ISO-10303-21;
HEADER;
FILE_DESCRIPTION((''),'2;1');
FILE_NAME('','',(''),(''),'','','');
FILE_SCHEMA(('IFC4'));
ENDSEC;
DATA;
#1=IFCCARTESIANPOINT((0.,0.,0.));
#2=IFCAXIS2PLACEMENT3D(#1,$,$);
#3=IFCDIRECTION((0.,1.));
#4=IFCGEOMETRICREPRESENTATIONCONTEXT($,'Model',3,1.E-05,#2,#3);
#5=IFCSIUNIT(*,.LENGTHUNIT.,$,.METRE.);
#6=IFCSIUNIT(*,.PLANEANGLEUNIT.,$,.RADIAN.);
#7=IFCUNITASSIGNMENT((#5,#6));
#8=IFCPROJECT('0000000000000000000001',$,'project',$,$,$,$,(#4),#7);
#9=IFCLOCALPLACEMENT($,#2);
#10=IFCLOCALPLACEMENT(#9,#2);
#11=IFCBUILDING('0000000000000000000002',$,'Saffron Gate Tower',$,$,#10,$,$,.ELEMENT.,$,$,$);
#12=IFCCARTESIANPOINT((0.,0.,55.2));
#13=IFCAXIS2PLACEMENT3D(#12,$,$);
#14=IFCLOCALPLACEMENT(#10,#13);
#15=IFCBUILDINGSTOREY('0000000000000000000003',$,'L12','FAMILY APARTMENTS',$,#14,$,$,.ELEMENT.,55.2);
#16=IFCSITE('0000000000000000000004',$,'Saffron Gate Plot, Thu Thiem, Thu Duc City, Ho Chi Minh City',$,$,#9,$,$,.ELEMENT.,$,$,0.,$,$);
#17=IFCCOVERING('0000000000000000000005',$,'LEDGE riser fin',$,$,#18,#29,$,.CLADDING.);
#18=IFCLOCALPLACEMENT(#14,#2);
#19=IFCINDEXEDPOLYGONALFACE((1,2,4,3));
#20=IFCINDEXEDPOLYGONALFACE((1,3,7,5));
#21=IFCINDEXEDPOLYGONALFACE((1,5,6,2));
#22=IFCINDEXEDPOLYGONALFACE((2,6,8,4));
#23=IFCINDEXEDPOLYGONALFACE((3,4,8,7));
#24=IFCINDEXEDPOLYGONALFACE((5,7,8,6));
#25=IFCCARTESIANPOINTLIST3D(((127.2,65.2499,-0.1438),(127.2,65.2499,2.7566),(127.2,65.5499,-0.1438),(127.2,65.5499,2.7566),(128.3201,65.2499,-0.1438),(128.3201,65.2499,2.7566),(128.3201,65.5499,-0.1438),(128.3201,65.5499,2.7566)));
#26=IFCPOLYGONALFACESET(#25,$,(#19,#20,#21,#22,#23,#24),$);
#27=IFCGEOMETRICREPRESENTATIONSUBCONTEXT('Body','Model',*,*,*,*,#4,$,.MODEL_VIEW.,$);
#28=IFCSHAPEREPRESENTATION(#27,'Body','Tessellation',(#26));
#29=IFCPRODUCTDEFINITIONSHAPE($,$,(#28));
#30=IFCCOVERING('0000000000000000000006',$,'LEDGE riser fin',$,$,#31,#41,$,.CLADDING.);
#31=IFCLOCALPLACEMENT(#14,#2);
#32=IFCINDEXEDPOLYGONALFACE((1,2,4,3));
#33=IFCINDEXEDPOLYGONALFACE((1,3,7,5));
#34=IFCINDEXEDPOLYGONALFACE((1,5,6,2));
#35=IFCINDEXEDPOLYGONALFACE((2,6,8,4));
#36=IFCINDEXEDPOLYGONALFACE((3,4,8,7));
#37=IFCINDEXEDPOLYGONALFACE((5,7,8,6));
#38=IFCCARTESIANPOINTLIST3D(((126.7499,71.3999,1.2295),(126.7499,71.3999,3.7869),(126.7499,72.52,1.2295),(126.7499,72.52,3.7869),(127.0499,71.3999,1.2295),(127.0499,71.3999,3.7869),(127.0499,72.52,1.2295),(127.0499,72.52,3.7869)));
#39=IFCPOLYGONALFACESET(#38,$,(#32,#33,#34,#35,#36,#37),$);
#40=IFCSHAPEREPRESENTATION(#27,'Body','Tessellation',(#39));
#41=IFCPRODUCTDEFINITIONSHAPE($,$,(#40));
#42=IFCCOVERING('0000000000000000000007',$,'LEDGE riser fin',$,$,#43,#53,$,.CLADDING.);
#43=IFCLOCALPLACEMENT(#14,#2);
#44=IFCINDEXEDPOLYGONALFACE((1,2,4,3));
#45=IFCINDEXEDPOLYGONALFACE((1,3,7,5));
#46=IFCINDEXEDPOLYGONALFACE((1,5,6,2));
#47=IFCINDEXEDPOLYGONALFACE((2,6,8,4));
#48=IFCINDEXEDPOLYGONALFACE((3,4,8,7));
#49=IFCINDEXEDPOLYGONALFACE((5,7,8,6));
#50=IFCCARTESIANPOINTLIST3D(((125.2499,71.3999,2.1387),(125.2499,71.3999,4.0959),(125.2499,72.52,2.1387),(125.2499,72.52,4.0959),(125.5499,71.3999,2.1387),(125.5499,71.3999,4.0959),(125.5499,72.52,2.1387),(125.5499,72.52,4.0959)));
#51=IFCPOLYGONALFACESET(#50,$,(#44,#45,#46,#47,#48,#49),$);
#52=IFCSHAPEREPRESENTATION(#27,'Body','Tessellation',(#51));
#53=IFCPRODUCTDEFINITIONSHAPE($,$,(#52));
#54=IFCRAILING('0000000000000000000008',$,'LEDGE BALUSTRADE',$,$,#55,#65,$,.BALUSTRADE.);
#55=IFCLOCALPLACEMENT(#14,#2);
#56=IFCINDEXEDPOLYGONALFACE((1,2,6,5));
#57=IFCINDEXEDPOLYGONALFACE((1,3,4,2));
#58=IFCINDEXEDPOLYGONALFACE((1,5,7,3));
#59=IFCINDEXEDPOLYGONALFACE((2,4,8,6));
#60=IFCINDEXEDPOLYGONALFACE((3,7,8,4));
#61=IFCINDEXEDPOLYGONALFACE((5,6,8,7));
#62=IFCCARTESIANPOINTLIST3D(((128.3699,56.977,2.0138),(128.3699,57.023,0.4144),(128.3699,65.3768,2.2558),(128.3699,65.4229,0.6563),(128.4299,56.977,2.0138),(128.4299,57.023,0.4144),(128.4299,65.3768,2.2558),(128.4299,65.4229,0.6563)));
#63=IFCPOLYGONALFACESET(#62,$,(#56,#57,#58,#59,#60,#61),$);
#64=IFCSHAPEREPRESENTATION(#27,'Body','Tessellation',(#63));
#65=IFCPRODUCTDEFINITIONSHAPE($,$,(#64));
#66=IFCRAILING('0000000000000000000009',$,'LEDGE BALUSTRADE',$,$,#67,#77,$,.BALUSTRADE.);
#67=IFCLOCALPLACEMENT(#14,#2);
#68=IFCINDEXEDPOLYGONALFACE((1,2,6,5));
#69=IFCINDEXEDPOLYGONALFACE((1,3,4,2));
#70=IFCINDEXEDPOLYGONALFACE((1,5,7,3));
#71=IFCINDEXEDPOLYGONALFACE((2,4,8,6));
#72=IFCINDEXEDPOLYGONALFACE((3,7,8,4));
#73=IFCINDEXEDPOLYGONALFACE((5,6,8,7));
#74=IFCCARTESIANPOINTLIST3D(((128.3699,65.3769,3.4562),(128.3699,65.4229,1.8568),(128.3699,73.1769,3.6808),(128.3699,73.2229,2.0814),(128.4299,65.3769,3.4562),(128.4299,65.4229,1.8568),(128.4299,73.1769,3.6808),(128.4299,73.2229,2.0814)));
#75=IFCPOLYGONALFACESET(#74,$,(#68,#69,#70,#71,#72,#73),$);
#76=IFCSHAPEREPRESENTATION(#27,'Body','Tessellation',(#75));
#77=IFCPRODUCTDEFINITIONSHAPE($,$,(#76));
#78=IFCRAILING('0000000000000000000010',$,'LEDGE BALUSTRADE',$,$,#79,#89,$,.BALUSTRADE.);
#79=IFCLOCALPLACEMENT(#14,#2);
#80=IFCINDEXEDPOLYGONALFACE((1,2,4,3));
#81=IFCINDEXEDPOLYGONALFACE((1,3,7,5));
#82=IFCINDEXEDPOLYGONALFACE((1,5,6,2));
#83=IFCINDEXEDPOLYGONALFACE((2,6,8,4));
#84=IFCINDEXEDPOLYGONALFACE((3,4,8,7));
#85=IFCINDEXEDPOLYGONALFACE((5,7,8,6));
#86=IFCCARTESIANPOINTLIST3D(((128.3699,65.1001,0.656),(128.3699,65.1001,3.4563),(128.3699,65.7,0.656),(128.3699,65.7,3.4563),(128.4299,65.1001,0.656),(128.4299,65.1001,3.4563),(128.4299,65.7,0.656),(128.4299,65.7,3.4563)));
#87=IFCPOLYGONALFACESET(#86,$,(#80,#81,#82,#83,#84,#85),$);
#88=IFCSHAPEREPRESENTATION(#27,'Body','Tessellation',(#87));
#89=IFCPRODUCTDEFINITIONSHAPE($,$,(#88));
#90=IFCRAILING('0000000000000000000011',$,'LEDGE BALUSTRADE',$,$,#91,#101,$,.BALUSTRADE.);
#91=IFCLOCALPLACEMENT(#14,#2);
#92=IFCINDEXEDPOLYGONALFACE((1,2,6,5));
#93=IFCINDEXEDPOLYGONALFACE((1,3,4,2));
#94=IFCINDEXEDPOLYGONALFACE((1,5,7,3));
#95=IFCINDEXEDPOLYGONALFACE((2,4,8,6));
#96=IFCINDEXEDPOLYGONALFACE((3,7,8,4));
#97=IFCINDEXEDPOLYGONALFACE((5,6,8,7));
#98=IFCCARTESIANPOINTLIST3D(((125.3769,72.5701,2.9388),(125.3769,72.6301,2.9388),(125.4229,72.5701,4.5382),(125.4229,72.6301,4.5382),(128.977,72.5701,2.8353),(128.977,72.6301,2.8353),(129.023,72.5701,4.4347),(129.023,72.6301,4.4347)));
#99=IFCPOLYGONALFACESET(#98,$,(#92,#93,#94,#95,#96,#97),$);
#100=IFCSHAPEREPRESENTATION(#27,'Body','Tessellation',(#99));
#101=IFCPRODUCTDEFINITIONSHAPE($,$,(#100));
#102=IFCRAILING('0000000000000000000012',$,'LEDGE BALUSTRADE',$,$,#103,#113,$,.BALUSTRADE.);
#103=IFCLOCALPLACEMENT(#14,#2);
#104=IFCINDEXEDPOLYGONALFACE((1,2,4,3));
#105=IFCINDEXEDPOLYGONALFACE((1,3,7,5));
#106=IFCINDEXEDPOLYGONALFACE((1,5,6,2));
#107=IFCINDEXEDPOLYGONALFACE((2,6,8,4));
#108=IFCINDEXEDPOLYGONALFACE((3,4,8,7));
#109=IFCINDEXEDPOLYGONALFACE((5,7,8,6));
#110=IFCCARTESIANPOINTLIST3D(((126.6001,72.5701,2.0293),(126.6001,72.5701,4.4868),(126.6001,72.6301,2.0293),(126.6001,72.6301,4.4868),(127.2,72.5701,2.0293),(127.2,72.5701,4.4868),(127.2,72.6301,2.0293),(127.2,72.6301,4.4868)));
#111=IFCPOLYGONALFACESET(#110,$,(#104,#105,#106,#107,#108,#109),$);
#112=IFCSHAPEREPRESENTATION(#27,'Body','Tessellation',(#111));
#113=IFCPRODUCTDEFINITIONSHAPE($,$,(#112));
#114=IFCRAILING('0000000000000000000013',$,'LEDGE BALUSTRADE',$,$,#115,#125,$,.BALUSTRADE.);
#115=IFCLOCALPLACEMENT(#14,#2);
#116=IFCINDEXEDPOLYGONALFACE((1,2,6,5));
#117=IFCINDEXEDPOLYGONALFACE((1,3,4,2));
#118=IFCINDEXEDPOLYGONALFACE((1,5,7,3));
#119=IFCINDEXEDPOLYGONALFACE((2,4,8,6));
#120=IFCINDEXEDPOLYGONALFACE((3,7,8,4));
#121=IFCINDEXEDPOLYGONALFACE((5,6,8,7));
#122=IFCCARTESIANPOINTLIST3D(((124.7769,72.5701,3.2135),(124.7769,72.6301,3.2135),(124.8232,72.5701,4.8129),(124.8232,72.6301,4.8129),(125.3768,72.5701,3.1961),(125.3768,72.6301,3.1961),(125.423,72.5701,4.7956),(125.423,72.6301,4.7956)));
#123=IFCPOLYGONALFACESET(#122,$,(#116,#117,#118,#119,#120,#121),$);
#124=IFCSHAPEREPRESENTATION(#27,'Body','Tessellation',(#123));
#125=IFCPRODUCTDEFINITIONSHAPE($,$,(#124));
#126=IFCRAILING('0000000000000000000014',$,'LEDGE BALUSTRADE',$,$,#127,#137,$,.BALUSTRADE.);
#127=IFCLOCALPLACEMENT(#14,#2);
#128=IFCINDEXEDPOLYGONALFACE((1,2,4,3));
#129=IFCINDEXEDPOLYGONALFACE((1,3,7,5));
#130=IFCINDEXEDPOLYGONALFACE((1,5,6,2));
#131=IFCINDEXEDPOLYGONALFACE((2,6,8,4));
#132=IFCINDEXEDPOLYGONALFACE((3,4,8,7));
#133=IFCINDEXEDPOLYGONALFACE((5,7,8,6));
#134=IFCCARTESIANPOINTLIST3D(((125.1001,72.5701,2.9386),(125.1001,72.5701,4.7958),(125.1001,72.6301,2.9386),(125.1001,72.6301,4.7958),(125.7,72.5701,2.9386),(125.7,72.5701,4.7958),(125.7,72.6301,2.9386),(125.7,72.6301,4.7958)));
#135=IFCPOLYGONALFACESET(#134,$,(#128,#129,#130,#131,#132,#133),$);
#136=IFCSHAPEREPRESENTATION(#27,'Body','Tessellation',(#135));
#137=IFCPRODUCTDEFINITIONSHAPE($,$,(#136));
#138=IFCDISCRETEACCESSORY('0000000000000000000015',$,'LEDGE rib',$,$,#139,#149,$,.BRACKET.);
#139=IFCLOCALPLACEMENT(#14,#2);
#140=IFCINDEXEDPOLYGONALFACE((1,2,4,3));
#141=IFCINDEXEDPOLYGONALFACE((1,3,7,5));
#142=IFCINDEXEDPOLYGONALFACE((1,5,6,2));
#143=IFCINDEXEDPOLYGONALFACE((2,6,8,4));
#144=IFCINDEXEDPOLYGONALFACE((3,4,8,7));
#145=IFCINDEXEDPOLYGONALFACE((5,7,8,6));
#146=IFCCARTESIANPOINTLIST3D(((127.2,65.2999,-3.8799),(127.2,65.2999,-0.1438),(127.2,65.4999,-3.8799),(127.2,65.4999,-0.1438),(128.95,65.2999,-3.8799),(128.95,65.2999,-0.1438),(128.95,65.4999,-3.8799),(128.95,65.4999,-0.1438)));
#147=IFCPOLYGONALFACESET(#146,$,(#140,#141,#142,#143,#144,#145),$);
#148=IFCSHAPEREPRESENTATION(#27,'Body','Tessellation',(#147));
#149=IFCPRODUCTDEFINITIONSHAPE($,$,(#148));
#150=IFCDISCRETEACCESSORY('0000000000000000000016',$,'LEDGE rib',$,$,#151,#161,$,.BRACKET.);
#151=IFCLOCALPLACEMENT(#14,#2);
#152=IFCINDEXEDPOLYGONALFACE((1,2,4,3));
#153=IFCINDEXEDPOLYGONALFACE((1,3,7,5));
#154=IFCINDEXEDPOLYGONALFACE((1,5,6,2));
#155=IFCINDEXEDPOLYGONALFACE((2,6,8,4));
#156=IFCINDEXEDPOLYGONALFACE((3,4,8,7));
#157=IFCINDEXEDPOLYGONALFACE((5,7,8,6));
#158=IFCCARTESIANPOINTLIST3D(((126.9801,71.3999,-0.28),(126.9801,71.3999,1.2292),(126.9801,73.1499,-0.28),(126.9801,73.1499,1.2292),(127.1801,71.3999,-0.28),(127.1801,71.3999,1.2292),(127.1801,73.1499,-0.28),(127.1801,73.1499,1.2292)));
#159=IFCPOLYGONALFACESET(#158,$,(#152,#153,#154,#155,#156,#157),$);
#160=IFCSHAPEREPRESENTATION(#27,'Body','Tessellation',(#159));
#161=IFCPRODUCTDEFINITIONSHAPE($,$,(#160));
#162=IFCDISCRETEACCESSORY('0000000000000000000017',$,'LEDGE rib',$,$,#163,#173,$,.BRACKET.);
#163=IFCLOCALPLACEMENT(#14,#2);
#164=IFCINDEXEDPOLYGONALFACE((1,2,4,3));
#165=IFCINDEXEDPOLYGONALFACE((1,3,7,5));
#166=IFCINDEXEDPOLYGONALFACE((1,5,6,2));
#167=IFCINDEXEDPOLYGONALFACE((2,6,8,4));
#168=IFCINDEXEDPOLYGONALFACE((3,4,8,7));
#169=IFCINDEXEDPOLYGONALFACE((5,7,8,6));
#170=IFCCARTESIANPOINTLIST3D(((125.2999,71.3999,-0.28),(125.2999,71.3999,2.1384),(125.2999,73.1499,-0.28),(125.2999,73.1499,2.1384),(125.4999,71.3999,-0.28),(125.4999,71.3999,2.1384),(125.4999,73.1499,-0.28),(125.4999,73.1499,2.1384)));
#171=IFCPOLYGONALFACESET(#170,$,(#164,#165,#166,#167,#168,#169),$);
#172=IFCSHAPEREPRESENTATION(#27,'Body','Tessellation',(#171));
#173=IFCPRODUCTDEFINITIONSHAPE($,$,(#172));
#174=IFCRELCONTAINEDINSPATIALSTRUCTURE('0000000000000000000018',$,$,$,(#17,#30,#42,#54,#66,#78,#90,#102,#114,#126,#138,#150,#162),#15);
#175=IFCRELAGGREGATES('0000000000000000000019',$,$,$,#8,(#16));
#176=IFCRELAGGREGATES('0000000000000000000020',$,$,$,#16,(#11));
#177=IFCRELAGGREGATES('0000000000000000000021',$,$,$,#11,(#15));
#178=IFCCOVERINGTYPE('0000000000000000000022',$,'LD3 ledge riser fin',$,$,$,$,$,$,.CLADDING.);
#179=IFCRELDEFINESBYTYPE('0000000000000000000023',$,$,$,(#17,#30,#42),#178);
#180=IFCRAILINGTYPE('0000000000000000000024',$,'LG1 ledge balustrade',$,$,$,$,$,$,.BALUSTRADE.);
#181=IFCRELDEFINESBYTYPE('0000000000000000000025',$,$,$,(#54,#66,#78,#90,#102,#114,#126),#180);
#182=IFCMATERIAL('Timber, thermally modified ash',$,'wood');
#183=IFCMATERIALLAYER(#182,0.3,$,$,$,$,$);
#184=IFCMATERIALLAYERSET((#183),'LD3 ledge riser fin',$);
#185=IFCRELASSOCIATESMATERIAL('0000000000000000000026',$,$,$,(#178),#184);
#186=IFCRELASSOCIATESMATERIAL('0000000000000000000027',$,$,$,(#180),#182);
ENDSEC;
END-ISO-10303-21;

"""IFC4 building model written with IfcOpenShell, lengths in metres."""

from ifc_helpers import new_model, si_unit, direction, frame, origin, origin_2d, place, context, subcontext, project, spatial, rectangle, extrude, material, layer, layer_set, type_object, element, save


model = new_model("IFC4")

# Units and contexts
model_context = context("Model", 3, precision=1e-05, world=origin(), true_north=direction((0.0, 1.0)))
body_context = subcontext(model_context, "Body", "Model", "MODEL_VIEW")
ifc_project = project(units=[si_unit("LENGTHUNIT", "METRE"), si_unit("PLANEANGLEUNIT", "RADIAN")], contexts=[model_context])

# Site, building, storey
site_placement = place(None, origin())
site = spatial("IfcSite", under=ifc_project, at=site_placement, Name="Saffron Gate Plot, Thu Thiem, Thu Duc City, Ho Chi Minh City", CompositionType="ELEMENT", RefElevation=0.0)
building_placement = place(site_placement, origin())
building = spatial("IfcBuilding", under=site, at=building_placement, Name="Saffron Gate Tower", CompositionType="ELEMENT")
storey_placement = place(building_placement, frame((0.0, 0.0, 55.2)))
storey = spatial("IfcBuildingStorey", under=building, at=storey_placement, Name="L12", Description="FAMILY APARTMENTS", CompositionType="ELEMENT", Elevation=55.2)

# Coverings
ifc_material_1 = material(Name="Timber, thermally modified ash", Category="wood")
ifc_layer_1 = layer(ifc_material_1, 0.3)
ifc_layer_set_1 = layer_set([ifc_layer_1], Name="LD3 ledge riser fin")
covering_type_1 = type_object("IfcCoveringType", Name="LD3 ledge riser fin", PredefinedType="CLADDING", material=ifc_layer_set_1)
covering_1_placement = place(storey_placement, frame((127.76, 65.3999, -0.1438), z_axis=(0.0, 0.0, 1.0), x_axis=(0.0, 1.0, 0.0)))
element("IfcCovering", 1, at=covering_1_placement, inside=storey, type_object=covering_type_1, Name="LEDGE riser fin", PredefinedType="CLADDING", context=body_context, shape_type="SweptSolid", body=[
    extrude(rectangle(XDim=0.3, YDim=1.1201, at=origin_2d()), origin(), (0.0, 0.0, 1.0), 2.9004),
])
covering_2_placement = place(storey_placement, frame((126.8999, 71.96, 1.2295), z_axis=(0.0, 0.0, 1.0), x_axis=(-1.0, 0.0, 0.0)))
element("IfcCovering", 2, at=covering_2_placement, inside=storey, type_object=covering_type_1, Name="LEDGE riser fin", PredefinedType="CLADDING", context=body_context, shape_type="SweptSolid", body=[
    extrude(rectangle(XDim=0.3, YDim=1.1201, at=origin_2d()), origin(), (0.0, 0.0, 1.0), 2.5574),
])
covering_3_placement = place(storey_placement, frame((125.3999, 71.96, 2.1387), z_axis=(0.0, 0.0, 1.0), x_axis=(-1.0, 0.0, 0.0)))
element("IfcCovering", 3, at=covering_3_placement, inside=storey, type_object=covering_type_1, Name="LEDGE riser fin", PredefinedType="CLADDING", context=body_context, shape_type="SweptSolid", body=[
    extrude(rectangle(XDim=0.3, YDim=1.1201, at=origin_2d()), origin(), (0.0, 0.0, 1.0), 1.9573),
])

# Railings
railing_type = type_object("IfcRailingType", Name="LG1 ledge balustrade", PredefinedType="BALUSTRADE", material=ifc_material_1)
railing_1_placement = place(storey_placement, frame((128.3999, 57.0, 0.4141)))
element("IfcRailing", 4, at=railing_1_placement, inside=storey, type_object=railing_type, Name="LEDGE BALUSTRADE", PredefinedType="BALUSTRADE", context=body_context, shape_type="SweptSolid", body=[
    extrude(rectangle(XDim=0.0601, YDim=1.6001, at=origin_2d()), frame((0.0, 0.0, 0.8), z_axis=(0.0, 0.999585, 0.028791), x_axis=(-1.0, 0.0, 0.0)), (0.0, 0.0, 1.0), 8.4033),
])
railing_2_placement = place(storey_placement, frame((128.3999, 65.3999, 1.8564)))
element("IfcRailing", 5, at=railing_2_placement, inside=storey, type_object=railing_type, Name="LEDGE BALUSTRADE", PredefinedType="BALUSTRADE", context=body_context, shape_type="SweptSolid", body=[
    extrude(rectangle(XDim=0.0601, YDim=1.6001, at=origin_2d()), frame((0.0, 0.0, 0.8), z_axis=(0.0, 0.999586, 0.028784), x_axis=(-1.0, 0.0, 0.0)), (0.0, 0.0, 1.0), 7.8032),
])
railing_3_placement = place(storey_placement, frame((128.3999, 65.1001, 0.656)))
element("IfcRailing", 6, at=railing_3_placement, inside=storey, type_object=railing_type, Name="LEDGE BALUSTRADE", PredefinedType="BALUSTRADE", context=body_context, shape_type="SweptSolid", body=[
    extrude(rectangle(XDim=0.0601, YDim=2.8003, at=origin_2d()), frame((0.0, 0.0, 1.4001), z_axis=(0.0, 1.0, 0.0), x_axis=(-1.0, 0.0, 0.0)), (0.0, 0.0, 1.0), 0.5999),
])
railing_4_placement = place(storey_placement, frame((129.0, 72.6001, 2.835)))
element("IfcRailing", 7, at=railing_4_placement, inside=storey, type_object=railing_type, Name="LEDGE BALUSTRADE", PredefinedType="BALUSTRADE", context=body_context, shape_type="SweptSolid", body=[
    extrude(rectangle(XDim=0.0601, YDim=1.6001, at=origin_2d()), frame((0.0, 0.0, 0.8), z_axis=(-0.999587, 0.0, 0.028742), x_axis=(0.0, -1.0, 0.0)), (0.0, 0.0, 1.0), 3.6016),
])
railing_5_placement = place(storey_placement, frame((127.2, 72.6001, 2.0293)))
element("IfcRailing", 8, at=railing_5_placement, inside=storey, type_object=railing_type, Name="LEDGE BALUSTRADE", PredefinedType="BALUSTRADE", context=body_context, shape_type="SweptSolid", body=[
    extrude(rectangle(XDim=0.0601, YDim=2.4575, at=origin_2d()), frame((0.0, 0.0, 1.2288), z_axis=(-1.0, 0.0, 0.0), x_axis=(0.0, -1.0, 0.0)), (0.0, 0.0, 1.0), 0.5999),
])
railing_6_placement = place(storey_placement, frame((125.3999, 72.6001, 3.1958)))
element("IfcRailing", 9, at=railing_6_placement, inside=storey, type_object=railing_type, Name="LEDGE BALUSTRADE", PredefinedType="BALUSTRADE", context=body_context, shape_type="SweptSolid", body=[
    extrude(rectangle(XDim=0.0601, YDim=1.6001, at=origin_2d()), frame((0.0, 0.0, 0.8), z_axis=(-0.999583, 0.0, 0.028885), x_axis=(0.0, -1.0, 0.0)), (0.0, 0.0, 1.0), 0.6001),
])
railing_7_placement = place(storey_placement, frame((125.7, 72.6001, 2.9385)))
element("IfcRailing", 10, at=railing_7_placement, inside=storey, type_object=railing_type, Name="LEDGE BALUSTRADE", PredefinedType="BALUSTRADE", context=body_context, shape_type="SweptSolid", body=[
    extrude(rectangle(XDim=0.0601, YDim=1.8572, at=origin_2d()), frame((0.0, 0.0, 0.9287), z_axis=(-1.0, 0.0, 0.0), x_axis=(0.0, -1.0, 0.0)), (0.0, 0.0, 1.0), 0.5999),
])

# Discrete accessories
discrete_accessory_1_placement = place(storey_placement, frame((128.075, 65.3999, -3.8799), z_axis=(0.0, 0.0, 1.0), x_axis=(0.0, 1.0, 0.0)))
element("IfcDiscreteAccessory", 11, at=discrete_accessory_1_placement, inside=storey, Name="LEDGE rib", PredefinedType="BRACKET", context=body_context, shape_type="SweptSolid", body=[
    extrude(rectangle(XDim=0.2, YDim=1.75, at=origin_2d()), origin(), (0.0, 0.0, 1.0), 3.7361),
])
discrete_accessory_2_placement = place(storey_placement, frame((127.0801, 72.2749, -0.28), z_axis=(0.0, 0.0, 1.0), x_axis=(-1.0, 0.0, 0.0)))
element("IfcDiscreteAccessory", 12, at=discrete_accessory_2_placement, inside=storey, Name="LEDGE rib", PredefinedType="BRACKET", context=body_context, shape_type="SweptSolid", body=[
    extrude(rectangle(XDim=0.2, YDim=1.75, at=origin_2d()), origin(), (0.0, 0.0, 1.0), 1.5093),
])
discrete_accessory_3_placement = place(storey_placement, frame((125.3999, 72.2749, -0.28), z_axis=(0.0, 0.0, 1.0), x_axis=(-1.0, 0.0, 0.0)))
element("IfcDiscreteAccessory", 13, at=discrete_accessory_3_placement, inside=storey, Name="LEDGE rib", PredefinedType="BRACKET", context=body_context, shape_type="SweptSolid", body=[
    extrude(rectangle(XDim=0.2, YDim=1.75, at=origin_2d()), origin(), (0.0, 0.0, 1.0), 2.4185),
])

save(model, "model.ifc")
